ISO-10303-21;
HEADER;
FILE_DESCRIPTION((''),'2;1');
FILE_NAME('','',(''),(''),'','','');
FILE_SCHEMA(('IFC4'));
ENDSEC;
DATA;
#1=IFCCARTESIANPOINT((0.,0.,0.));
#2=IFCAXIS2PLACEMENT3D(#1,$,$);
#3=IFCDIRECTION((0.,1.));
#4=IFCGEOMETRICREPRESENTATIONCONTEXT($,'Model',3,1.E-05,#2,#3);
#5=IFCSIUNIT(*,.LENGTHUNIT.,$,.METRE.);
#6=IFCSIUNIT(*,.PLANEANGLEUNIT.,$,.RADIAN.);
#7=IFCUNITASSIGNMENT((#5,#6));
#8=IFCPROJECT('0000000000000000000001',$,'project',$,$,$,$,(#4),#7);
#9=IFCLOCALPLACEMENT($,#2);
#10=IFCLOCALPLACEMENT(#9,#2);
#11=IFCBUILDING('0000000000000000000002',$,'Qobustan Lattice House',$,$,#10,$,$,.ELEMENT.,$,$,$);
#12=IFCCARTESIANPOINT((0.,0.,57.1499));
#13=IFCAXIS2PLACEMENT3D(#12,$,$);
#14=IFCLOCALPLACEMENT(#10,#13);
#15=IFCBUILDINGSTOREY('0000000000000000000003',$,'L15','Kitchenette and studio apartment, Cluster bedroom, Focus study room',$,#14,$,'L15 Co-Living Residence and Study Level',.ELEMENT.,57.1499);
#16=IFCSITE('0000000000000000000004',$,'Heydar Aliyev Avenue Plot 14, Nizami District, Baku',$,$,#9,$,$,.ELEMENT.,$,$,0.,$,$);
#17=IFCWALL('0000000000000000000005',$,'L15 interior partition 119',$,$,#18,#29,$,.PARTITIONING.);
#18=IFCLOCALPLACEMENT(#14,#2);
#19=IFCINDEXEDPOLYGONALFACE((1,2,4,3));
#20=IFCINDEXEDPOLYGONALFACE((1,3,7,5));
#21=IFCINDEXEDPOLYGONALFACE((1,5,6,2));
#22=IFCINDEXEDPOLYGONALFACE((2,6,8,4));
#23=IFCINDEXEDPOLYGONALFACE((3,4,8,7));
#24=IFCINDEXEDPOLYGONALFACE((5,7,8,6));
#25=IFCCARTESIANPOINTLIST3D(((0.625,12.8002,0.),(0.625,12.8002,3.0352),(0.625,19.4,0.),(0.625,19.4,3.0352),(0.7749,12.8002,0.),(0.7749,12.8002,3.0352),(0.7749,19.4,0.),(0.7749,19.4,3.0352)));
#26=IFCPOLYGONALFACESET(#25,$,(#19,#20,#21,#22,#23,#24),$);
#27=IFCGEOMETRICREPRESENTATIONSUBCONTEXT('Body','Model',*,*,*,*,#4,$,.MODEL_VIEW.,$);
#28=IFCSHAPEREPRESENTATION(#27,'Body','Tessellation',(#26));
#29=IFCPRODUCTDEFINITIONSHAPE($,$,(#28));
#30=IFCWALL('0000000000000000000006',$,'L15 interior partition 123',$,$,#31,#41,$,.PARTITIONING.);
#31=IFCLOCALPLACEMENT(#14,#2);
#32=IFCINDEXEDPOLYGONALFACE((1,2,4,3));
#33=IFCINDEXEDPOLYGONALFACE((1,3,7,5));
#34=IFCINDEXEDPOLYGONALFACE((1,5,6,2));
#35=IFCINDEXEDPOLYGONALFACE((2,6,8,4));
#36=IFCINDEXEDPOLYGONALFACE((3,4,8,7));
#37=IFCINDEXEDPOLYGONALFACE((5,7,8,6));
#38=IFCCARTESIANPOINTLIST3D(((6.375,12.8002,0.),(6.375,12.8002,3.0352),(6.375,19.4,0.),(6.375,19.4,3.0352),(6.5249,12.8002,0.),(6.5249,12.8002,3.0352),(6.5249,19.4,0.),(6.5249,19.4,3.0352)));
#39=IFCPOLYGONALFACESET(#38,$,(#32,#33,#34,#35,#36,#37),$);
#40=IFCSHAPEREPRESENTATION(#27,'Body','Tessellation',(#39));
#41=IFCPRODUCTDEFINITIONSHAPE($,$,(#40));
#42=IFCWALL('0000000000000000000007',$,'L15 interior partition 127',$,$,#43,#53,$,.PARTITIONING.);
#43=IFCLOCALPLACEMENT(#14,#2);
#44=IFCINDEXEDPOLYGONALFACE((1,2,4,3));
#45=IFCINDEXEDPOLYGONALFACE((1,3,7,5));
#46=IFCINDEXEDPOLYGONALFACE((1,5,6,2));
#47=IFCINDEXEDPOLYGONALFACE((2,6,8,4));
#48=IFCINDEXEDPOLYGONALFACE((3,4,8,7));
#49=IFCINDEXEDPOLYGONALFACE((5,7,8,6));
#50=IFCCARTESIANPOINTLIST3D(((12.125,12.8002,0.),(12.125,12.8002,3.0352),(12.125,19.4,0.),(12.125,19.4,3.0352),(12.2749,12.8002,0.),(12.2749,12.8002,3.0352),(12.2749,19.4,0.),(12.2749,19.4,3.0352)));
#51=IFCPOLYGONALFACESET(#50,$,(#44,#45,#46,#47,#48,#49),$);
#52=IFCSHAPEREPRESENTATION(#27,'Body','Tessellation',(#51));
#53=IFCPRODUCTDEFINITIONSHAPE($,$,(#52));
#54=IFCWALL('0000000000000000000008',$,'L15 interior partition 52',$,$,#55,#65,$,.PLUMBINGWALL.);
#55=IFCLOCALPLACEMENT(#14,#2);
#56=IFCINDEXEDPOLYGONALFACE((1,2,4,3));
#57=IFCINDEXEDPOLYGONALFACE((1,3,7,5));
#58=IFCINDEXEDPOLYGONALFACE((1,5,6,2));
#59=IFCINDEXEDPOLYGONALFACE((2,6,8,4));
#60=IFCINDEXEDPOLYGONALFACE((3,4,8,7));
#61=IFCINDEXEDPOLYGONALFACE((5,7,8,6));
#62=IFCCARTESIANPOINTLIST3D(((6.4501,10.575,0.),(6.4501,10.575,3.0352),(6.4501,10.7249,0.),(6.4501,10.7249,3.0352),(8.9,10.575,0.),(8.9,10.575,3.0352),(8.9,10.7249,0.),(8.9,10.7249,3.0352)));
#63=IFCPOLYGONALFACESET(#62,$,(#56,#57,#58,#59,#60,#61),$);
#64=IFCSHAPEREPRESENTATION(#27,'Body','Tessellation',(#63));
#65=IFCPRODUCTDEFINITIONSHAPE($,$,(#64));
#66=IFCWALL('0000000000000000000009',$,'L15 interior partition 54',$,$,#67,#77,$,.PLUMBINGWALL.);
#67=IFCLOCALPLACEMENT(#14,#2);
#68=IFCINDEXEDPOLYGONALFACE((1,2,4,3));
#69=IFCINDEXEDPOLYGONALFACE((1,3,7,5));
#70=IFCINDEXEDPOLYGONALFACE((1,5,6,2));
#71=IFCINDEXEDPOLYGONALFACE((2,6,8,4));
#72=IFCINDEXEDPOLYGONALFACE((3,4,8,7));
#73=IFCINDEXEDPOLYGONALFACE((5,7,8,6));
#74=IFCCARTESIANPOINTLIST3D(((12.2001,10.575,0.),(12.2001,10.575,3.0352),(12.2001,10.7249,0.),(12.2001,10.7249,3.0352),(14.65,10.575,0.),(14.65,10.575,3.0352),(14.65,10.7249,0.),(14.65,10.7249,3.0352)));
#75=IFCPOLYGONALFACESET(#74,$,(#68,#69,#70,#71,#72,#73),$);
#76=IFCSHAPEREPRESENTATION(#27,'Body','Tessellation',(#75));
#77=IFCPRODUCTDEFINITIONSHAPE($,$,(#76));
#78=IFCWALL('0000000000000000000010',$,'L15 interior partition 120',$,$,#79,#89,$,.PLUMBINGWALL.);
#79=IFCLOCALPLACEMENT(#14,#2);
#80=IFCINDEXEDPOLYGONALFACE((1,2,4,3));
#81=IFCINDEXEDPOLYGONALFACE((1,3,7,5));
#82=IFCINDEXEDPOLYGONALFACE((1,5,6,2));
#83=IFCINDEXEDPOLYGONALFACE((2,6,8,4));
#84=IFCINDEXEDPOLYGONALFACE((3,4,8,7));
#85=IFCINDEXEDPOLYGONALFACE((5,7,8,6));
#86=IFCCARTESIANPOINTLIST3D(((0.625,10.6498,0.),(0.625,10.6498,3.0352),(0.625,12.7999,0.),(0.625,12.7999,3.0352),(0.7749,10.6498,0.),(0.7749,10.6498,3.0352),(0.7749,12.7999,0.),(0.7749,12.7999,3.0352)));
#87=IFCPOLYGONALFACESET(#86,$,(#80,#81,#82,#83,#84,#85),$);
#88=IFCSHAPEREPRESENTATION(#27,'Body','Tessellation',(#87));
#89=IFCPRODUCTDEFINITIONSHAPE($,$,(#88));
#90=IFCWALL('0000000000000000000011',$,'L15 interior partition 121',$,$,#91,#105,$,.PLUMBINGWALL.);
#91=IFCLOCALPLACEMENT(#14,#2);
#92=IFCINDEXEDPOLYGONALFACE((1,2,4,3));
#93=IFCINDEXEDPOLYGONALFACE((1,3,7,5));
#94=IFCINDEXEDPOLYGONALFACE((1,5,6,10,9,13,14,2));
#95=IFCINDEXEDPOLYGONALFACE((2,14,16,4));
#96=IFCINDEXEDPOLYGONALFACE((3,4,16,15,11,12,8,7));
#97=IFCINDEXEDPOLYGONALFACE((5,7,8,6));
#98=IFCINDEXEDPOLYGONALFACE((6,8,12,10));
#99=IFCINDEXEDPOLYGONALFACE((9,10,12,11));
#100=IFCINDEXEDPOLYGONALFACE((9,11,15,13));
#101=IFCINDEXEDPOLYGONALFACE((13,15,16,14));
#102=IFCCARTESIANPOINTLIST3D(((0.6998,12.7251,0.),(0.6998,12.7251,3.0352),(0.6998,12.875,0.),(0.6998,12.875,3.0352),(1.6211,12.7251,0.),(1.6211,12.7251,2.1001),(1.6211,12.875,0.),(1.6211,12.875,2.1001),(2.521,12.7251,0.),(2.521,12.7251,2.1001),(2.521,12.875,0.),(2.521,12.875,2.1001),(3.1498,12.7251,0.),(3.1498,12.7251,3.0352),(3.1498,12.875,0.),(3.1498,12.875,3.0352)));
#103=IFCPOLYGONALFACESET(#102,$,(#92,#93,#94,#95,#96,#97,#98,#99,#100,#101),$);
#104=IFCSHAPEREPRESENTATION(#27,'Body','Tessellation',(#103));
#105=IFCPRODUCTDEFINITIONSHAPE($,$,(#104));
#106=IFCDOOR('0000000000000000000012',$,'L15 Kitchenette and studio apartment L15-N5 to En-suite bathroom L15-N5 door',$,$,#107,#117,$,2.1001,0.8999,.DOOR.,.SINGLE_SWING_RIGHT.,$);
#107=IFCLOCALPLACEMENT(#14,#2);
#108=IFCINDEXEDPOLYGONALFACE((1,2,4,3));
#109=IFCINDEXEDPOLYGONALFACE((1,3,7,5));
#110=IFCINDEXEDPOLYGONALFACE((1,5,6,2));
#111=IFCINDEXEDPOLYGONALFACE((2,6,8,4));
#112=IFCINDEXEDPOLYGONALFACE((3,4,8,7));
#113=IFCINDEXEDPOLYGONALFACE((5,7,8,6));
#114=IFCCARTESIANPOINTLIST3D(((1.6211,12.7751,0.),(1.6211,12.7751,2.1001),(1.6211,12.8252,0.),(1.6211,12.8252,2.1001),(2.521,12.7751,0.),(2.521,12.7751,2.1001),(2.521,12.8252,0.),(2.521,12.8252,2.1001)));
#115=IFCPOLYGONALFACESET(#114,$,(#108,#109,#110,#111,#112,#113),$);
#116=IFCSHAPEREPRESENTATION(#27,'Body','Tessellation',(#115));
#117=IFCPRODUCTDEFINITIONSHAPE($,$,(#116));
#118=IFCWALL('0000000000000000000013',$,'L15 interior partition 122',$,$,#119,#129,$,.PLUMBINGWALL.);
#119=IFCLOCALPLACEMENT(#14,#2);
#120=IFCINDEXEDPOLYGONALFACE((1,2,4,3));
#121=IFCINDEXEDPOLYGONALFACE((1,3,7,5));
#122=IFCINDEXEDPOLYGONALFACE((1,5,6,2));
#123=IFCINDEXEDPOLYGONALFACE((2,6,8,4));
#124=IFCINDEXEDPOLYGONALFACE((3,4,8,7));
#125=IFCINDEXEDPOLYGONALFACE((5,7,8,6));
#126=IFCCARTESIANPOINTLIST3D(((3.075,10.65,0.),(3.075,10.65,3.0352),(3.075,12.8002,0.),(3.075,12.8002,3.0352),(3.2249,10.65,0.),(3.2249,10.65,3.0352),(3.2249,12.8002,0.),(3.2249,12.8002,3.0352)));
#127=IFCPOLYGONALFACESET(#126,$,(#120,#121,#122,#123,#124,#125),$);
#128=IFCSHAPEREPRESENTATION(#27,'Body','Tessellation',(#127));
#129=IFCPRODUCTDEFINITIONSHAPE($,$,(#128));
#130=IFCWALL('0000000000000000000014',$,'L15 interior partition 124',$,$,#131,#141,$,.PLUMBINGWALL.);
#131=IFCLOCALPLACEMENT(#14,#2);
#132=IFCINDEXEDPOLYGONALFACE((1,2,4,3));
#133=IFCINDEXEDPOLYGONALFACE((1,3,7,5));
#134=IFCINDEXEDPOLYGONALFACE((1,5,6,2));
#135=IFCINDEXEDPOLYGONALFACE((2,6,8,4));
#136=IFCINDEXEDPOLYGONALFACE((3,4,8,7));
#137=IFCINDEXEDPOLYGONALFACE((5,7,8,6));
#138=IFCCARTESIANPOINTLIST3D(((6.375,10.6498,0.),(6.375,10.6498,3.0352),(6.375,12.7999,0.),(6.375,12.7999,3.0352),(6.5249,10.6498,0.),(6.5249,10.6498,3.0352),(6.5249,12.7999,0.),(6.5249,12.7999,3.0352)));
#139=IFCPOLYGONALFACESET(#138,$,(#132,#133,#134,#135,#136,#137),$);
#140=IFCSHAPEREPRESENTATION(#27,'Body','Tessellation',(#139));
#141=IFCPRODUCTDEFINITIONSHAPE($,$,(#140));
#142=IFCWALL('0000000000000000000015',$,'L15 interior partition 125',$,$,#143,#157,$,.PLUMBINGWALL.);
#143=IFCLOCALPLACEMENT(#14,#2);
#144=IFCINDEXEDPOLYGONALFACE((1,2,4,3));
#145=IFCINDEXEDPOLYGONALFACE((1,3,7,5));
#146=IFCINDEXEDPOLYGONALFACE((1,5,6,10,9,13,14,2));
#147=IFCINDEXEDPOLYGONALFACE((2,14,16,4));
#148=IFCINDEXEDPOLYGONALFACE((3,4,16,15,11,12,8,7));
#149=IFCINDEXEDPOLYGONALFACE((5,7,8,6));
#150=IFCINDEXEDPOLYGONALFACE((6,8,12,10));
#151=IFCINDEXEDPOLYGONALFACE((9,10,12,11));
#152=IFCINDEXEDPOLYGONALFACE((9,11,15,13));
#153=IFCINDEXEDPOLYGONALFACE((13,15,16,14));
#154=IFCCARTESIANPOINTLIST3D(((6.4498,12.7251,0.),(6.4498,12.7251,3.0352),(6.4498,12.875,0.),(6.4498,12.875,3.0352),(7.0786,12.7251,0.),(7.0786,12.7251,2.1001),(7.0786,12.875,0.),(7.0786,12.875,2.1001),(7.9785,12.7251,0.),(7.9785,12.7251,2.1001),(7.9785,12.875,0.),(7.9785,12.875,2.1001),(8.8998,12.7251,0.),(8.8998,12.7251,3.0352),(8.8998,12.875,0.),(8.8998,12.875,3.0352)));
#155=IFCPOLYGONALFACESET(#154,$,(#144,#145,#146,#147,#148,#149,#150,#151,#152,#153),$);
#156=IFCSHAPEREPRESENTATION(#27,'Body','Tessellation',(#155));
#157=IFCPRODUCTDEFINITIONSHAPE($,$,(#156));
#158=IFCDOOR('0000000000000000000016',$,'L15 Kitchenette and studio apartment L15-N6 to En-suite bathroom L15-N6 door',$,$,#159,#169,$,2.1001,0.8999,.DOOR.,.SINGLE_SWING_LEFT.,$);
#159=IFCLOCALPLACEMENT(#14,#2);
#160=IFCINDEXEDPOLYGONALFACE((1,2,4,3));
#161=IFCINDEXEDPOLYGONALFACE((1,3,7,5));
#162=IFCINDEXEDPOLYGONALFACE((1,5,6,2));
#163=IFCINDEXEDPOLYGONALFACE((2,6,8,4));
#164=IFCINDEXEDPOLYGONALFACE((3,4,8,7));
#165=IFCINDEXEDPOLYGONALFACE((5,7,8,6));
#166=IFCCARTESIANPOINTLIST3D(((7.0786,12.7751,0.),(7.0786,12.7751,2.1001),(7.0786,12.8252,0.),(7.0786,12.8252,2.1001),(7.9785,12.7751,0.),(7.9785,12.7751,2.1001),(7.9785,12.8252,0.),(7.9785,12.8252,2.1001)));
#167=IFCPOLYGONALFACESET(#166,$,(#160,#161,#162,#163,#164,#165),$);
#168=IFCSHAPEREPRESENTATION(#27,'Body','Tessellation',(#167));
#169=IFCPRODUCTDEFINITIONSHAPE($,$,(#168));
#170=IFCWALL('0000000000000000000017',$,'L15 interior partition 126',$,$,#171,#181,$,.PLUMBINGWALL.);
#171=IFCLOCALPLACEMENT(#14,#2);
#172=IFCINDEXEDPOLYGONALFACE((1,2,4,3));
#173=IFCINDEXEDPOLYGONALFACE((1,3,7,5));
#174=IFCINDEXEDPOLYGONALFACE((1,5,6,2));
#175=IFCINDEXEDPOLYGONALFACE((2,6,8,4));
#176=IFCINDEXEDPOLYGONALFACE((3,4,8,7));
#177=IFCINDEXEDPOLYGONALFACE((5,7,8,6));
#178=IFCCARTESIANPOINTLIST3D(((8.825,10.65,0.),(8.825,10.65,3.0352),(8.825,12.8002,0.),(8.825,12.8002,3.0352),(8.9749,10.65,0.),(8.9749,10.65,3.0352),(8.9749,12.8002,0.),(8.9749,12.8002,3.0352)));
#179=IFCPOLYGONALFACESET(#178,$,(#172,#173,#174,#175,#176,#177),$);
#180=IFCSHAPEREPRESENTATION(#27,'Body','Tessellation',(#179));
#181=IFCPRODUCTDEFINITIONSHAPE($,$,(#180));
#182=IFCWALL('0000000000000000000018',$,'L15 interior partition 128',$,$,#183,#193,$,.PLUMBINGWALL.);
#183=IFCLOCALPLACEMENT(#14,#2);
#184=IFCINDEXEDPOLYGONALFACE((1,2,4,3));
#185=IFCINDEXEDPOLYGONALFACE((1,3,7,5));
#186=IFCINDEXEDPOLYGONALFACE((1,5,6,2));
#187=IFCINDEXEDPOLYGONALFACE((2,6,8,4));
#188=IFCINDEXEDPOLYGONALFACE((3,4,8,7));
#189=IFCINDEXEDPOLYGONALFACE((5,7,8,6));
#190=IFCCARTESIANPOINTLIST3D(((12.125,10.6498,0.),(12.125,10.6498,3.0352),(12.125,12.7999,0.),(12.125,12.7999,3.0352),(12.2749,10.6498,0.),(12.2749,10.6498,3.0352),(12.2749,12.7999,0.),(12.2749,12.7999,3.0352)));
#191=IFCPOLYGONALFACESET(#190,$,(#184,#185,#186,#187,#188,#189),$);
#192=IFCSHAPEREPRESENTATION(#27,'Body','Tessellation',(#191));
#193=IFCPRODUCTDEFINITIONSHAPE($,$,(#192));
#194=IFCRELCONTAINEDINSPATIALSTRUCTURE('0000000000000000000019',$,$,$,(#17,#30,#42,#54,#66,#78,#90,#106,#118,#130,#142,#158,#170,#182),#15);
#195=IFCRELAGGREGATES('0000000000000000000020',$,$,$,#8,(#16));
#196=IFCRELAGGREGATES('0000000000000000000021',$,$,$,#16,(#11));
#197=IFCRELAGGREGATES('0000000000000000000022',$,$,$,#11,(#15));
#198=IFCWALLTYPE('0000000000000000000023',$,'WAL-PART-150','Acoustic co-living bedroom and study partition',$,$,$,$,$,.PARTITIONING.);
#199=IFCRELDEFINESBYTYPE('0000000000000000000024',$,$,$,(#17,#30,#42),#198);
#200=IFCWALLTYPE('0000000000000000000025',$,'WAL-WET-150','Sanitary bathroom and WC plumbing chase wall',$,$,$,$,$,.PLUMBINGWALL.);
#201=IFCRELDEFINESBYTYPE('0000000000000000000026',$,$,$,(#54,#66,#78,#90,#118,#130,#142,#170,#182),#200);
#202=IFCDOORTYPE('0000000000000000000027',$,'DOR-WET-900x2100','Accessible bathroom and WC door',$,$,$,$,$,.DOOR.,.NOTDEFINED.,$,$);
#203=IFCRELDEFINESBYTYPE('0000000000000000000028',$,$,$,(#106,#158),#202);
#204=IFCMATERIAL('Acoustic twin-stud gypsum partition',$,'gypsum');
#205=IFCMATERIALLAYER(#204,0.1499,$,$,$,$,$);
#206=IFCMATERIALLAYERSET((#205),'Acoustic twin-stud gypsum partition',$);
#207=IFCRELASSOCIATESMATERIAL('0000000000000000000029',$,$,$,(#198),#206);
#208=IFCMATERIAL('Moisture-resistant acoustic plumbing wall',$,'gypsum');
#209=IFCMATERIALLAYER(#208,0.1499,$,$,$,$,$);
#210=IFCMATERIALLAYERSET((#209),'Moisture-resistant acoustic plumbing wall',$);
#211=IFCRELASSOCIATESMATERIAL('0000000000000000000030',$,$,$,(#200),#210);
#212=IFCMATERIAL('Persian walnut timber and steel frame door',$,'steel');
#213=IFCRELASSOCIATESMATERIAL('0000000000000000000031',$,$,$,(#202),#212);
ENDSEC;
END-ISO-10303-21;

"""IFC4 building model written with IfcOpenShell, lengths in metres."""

from ifc_helpers import new_model, si_unit, direction, frame, frame_2d, origin, place, context, subcontext, project, spatial, rectangle, extrude, material, layer, layer_set, type_object, element, fill, save


model = new_model("IFC4")

# Units and contexts
model_context = context("Model", 3, precision=1e-05, world=origin(), true_north=direction((0.0, 1.0)))
body_context = subcontext(model_context, "Body", "Model", "MODEL_VIEW")
ifc_project = project(units=[si_unit("LENGTHUNIT", "METRE"), si_unit("PLANEANGLEUNIT", "RADIAN")], contexts=[model_context])

# Site, building, storey
site_placement = place(None, origin())
site = spatial("IfcSite", under=ifc_project, at=site_placement, Name="Heydar Aliyev Avenue Plot 14, Nizami District, Baku", CompositionType="ELEMENT", RefElevation=0.0)
building_placement = place(site_placement, origin())
building = spatial("IfcBuilding", under=site, at=building_placement, Name="Qobustan Lattice House", CompositionType="ELEMENT")
storey_placement = place(building_placement, frame((0.0, 0.0, 57.1499)))
storey = spatial("IfcBuildingStorey", under=building, at=storey_placement, Name="L15", Description="Kitchenette and studio apartment, Cluster bedroom, Focus study room", LongName="L15 Co-Living Residence and Study Level", CompositionType="ELEMENT", Elevation=57.1499)

# Walls
ifc_material_1 = material(Name="Acoustic twin-stud gypsum partition", Category="gypsum")
ifc_layer_1 = layer(ifc_material_1, 0.1499)
ifc_layer_set_1 = layer_set([ifc_layer_1], Name="Acoustic twin-stud gypsum partition")
wall_type_1 = type_object("IfcWallType", Name="WAL-PART-150", Description="Acoustic co-living bedroom and study partition", PredefinedType="PARTITIONING", material=ifc_layer_set_1)
for number, where, z_axis, x_axis, name in (
    (1, (0.7, 19.3999, 0.0), (0.0, 0.0, 1.0), (0.0, -1.0, 0.0), "L15 interior partition 119"),
    (2, (6.45, 19.3999, 0.0), (0.0, 0.0, 1.0), (0.0, -1.0, 0.0), "L15 interior partition 123"),
    (3, (12.2, 19.3999, 0.0), (0.0, 0.0, 1.0), (0.0, -1.0, 0.0), "L15 interior partition 127"),
):
    element("IfcWall", number, at=place(storey_placement, frame(where, z_axis=z_axis, x_axis=x_axis)), inside=storey, type_object=wall_type_1, Name=name, PredefinedType="PARTITIONING", context=body_context, shape_type="SweptSolid", body=[
        extrude(rectangle(XDim=6.5999, YDim=0.1499, at=frame_2d((3.2998, 0.0))), origin(), (0.0, 0.0, 1.0), 3.0352),
    ])
ifc_material_2 = material(Name="Moisture-resistant acoustic plumbing wall", Category="gypsum")
ifc_layer_2 = layer(ifc_material_2, 0.1499)
ifc_layer_set_2 = layer_set([ifc_layer_2], Name="Moisture-resistant acoustic plumbing wall")
wall_type_2 = type_object("IfcWallType", Name="WAL-WET-150", Description="Sanitary bathroom and WC plumbing chase wall", PredefinedType="PLUMBINGWALL", material=ifc_layer_set_2)
for number, where, z_axis, x_axis, name in (
    (4, (6.45, 10.6499, 0.0), (0.0, 0.0, 1.0), (1.0, 0.0, 0.0), "L15 interior partition 52"),
    (5, (12.2, 10.6499, 0.0), (0.0, 0.0, 1.0), (1.0, 0.0, 0.0), "L15 interior partition 54"),
):
    element("IfcWall", number, at=place(storey_placement, frame(where, z_axis=z_axis, x_axis=x_axis)), inside=storey, type_object=wall_type_2, Name=name, PredefinedType="PLUMBINGWALL", context=body_context, shape_type="SweptSolid", body=[
        extrude(rectangle(XDim=2.45, YDim=0.1499, at=frame_2d((1.2251, 0.0))), origin(), (0.0, 0.0, 1.0), 3.0352),
    ])
wall_1_placement = place(storey_placement, frame((0.7, 12.8, 0.0), z_axis=(0.0, 0.0, 1.0), x_axis=(0.0, -1.0, 0.0)))
element("IfcWall", 6, at=wall_1_placement, inside=storey, type_object=wall_type_2, Name="L15 interior partition 120", PredefinedType="PLUMBINGWALL", context=body_context, shape_type="SweptSolid", body=[
    extrude(rectangle(XDim=2.1501, YDim=0.1499, at=frame_2d((1.0752, 0.0))), origin(), (0.0, 0.0, 1.0), 3.0352),
])

# Wall, opening, door
wall_2_placement = place(storey_placement, frame((3.1499, 12.8, 0.0), z_axis=(0.0, 0.0, 1.0), x_axis=(-1.0, 0.0, 0.0)))
wall_2 = element("IfcWall", 7, at=wall_2_placement, inside=storey, type_object=wall_type_2, Name="L15 interior partition 121", PredefinedType="PLUMBINGWALL", context=body_context, shape_type="SweptSolid", body=[
    extrude(rectangle(XDim=2.45, YDim=0.1499, at=frame_2d((1.2251, 0.0))), origin(), (0.0, 0.0, 1.0), 3.0352),
])
opening_1_placement = place(wall_2_placement, frame((0.6289, 0.0, 0.0)))
opening_1 = element("IfcOpeningElement", 8, at=opening_1_placement, cuts=wall_2, PredefinedType="OPENING", context=body_context, shape_type="SweptSolid", body=[
    extrude(rectangle(XDim=0.8999, YDim=2.1001, at=frame_2d((0.45, 1.05))), frame((0.0, 0.085, 0.0), z_axis=(0.0, -1.0, 0.0), x_axis=(1.0, 0.0, 0.0)), (0.0, 0.0, 1.0), 0.1699),
])
ifc_material_3 = material(Name="Persian walnut timber and steel frame door", Category="steel")
door_type_1 = type_object("IfcDoorType", Name="DOR-WET-900x2100", Description="Accessible bathroom and WC door", OperationType="NOTDEFINED", PredefinedType="DOOR", material=ifc_material_3)
door_1_placement = place(opening_1_placement, origin())
door_1 = element("IfcDoor", 9, at=door_1_placement, inside=storey, type_object=door_type_1, Name="L15 Kitchenette and studio apartment L15-N5 to En-suite bathroom L15-N5 door", OperationType="SINGLE_SWING_RIGHT", OverallHeight=2.1001, OverallWidth=0.8999, PredefinedType="DOOR", context=body_context, shape_type="SweptSolid", body=[
    extrude(rectangle(XDim=0.8999, YDim=2.1001, at=frame_2d((0.45, 1.05))), frame((0.0, 0.0249, 0.0), z_axis=(0.0, -1.0, 0.0), x_axis=(1.0, 0.0, 0.0)), (0.0, 0.0, 1.0), 0.05),
])
fill(opening_1, door_1)

# Walls
for number, where, z_axis, x_axis, name in (
    (10, (3.1499, 10.6499, 0.0), (0.0, 0.0, 1.0), (0.0, 1.0, 0.0), "L15 interior partition 122"),
    (11, (6.45, 12.8, 0.0), (0.0, 0.0, 1.0), (0.0, -1.0, 0.0), "L15 interior partition 124"),
):
    element("IfcWall", number, at=place(storey_placement, frame(where, z_axis=z_axis, x_axis=x_axis)), inside=storey, type_object=wall_type_2, Name=name, PredefinedType="PLUMBINGWALL", context=body_context, shape_type="SweptSolid", body=[
        extrude(rectangle(XDim=2.1501, YDim=0.1499, at=frame_2d((1.0752, 0.0))), origin(), (0.0, 0.0, 1.0), 3.0352),
    ])

# Wall, opening, door
wall_3_placement = place(storey_placement, frame((8.8999, 12.8, 0.0), z_axis=(0.0, 0.0, 1.0), x_axis=(-1.0, 0.0, 0.0)))
wall_3 = element("IfcWall", 12, at=wall_3_placement, inside=storey, type_object=wall_type_2, Name="L15 interior partition 125", PredefinedType="PLUMBINGWALL", context=body_context, shape_type="SweptSolid", body=[
    extrude(rectangle(XDim=2.45, YDim=0.1499, at=frame_2d((1.2251, 0.0))), origin(), (0.0, 0.0, 1.0), 3.0352),
])
opening_2_placement = place(wall_3_placement, frame((0.9214, 0.0, 0.0)))
opening_2 = element("IfcOpeningElement", 13, at=opening_2_placement, cuts=wall_3, PredefinedType="OPENING", context=body_context, shape_type="SweptSolid", body=[
    extrude(rectangle(XDim=0.8999, YDim=2.1001, at=frame_2d((0.45, 1.05))), frame((0.0, 0.085, 0.0), z_axis=(0.0, -1.0, 0.0), x_axis=(1.0, 0.0, 0.0)), (0.0, 0.0, 1.0), 0.1699),
])
door_2_placement = place(opening_2_placement, origin())
door_2 = element("IfcDoor", 14, at=door_2_placement, inside=storey, type_object=door_type_1, Name="L15 Kitchenette and studio apartment L15-N6 to En-suite bathroom L15-N6 door", OperationType="SINGLE_SWING_LEFT", OverallHeight=2.1001, OverallWidth=0.8999, PredefinedType="DOOR", context=body_context, shape_type="SweptSolid", body=[
    extrude(rectangle(XDim=0.8999, YDim=2.1001, at=frame_2d((0.45, 1.05))), frame((0.0, 0.0249, 0.0), z_axis=(0.0, -1.0, 0.0), x_axis=(1.0, 0.0, 0.0)), (0.0, 0.0, 1.0), 0.05),
])
fill(opening_2, door_2)

# Walls
for number, where, z_axis, x_axis, name in (
    (15, (8.8999, 10.6499, 0.0), (0.0, 0.0, 1.0), (0.0, 1.0, 0.0), "L15 interior partition 126"),
    (16, (12.2, 12.8, 0.0), (0.0, 0.0, 1.0), (0.0, -1.0, 0.0), "L15 interior partition 128"),
):
    element("IfcWall", number, at=place(storey_placement, frame(where, z_axis=z_axis, x_axis=x_axis)), inside=storey, type_object=wall_type_2, Name=name, PredefinedType="PLUMBINGWALL", context=body_context, shape_type="SweptSolid", body=[
        extrude(rectangle(XDim=2.1501, YDim=0.1499, at=frame_2d((1.0752, 0.0))), origin(), (0.0, 0.0, 1.0), 3.0352),
    ])

save(model, "model.ifc")
